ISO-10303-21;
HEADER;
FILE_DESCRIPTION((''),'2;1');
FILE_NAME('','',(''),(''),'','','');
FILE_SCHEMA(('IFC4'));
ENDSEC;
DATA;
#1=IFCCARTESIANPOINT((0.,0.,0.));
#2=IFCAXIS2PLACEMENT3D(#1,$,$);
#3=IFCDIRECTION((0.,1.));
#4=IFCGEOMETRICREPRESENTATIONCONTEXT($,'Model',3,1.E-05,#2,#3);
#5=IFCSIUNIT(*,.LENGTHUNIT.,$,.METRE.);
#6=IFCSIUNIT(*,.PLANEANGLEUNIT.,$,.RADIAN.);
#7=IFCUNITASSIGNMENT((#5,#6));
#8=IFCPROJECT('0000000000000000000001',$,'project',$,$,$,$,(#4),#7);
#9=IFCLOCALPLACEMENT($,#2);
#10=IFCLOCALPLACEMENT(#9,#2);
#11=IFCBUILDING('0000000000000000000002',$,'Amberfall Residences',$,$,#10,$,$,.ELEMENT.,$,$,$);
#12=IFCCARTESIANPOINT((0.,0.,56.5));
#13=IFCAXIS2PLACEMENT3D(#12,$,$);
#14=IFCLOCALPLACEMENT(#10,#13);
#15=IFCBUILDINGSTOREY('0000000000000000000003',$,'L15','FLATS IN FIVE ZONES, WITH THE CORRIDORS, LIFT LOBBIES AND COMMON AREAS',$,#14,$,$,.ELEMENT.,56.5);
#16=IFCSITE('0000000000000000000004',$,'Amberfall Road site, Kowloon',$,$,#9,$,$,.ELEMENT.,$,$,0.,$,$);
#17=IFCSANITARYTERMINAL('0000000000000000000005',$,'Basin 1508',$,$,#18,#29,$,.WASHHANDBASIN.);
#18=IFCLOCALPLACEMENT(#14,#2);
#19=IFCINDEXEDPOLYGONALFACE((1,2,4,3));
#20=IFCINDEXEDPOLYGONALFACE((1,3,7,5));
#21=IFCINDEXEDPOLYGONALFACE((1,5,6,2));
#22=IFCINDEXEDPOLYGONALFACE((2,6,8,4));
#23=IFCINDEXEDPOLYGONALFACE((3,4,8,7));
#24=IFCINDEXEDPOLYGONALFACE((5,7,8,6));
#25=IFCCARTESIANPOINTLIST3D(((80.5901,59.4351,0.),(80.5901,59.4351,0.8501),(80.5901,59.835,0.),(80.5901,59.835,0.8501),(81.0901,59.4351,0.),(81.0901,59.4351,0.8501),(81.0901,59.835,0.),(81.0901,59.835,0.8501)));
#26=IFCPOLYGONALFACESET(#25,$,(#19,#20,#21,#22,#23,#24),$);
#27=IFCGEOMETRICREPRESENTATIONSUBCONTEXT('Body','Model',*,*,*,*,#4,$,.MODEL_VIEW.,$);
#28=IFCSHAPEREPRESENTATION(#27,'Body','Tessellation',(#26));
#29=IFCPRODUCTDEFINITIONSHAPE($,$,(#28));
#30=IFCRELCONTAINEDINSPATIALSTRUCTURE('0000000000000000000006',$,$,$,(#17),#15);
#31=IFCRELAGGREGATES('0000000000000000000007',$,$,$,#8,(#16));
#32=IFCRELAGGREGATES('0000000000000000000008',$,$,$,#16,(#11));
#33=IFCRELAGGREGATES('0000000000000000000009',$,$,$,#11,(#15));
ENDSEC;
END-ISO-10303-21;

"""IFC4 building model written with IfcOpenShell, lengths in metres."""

from ifc_helpers import new_model, si_unit, direction, frame, origin, origin_2d, place, context, subcontext, project, spatial, rectangle, extrude, element, save


model = new_model("IFC4")

# Units and contexts
model_context = context("Model", 3, precision=1e-05, world=origin(), true_north=direction((0.0, 1.0)))
body_context = subcontext(model_context, "Body", "Model", "MODEL_VIEW")
ifc_project = project(units=[si_unit("LENGTHUNIT", "METRE"), si_unit("PLANEANGLEUNIT", "RADIAN")], contexts=[model_context])

# Site, building, storey
site_placement = place(None, origin())
site = spatial("IfcSite", under=ifc_project, at=site_placement, Name="Amberfall Road site, Kowloon", CompositionType="ELEMENT", RefElevation=0.0)
building_placement = place(site_placement, origin())
building = spatial("IfcBuilding", under=site, at=building_placement, Name="Amberfall Residences", CompositionType="ELEMENT")
storey_placement = place(building_placement, frame((0.0, 0.0, 56.5)))
storey = spatial("IfcBuildingStorey", under=building, at=storey_placement, Name="L15", Description="FLATS IN FIVE ZONES, WITH THE CORRIDORS, LIFT LOBBIES AND COMMON AREAS", CompositionType="ELEMENT", Elevation=56.5)

# Sanitary terminal
sanitary_terminal_1_placement = place(storey_placement, frame((80.8401, 59.635, 0.0), z_axis=(0.0, 0.0, 1.0), x_axis=(1.0, 0.0, 0.0)))
element("IfcSanitaryTerminal", 1, at=sanitary_terminal_1_placement, inside=storey, Name="Basin 1508", PredefinedType="WASHHANDBASIN", context=body_context, shape_type="SweptSolid", body=[
    extrude(rectangle(XDim=0.5, YDim=0.3999, at=origin_2d()), origin(), (0.0, 0.0, 1.0), 0.8501),
])

save(model, "model.ifc")
